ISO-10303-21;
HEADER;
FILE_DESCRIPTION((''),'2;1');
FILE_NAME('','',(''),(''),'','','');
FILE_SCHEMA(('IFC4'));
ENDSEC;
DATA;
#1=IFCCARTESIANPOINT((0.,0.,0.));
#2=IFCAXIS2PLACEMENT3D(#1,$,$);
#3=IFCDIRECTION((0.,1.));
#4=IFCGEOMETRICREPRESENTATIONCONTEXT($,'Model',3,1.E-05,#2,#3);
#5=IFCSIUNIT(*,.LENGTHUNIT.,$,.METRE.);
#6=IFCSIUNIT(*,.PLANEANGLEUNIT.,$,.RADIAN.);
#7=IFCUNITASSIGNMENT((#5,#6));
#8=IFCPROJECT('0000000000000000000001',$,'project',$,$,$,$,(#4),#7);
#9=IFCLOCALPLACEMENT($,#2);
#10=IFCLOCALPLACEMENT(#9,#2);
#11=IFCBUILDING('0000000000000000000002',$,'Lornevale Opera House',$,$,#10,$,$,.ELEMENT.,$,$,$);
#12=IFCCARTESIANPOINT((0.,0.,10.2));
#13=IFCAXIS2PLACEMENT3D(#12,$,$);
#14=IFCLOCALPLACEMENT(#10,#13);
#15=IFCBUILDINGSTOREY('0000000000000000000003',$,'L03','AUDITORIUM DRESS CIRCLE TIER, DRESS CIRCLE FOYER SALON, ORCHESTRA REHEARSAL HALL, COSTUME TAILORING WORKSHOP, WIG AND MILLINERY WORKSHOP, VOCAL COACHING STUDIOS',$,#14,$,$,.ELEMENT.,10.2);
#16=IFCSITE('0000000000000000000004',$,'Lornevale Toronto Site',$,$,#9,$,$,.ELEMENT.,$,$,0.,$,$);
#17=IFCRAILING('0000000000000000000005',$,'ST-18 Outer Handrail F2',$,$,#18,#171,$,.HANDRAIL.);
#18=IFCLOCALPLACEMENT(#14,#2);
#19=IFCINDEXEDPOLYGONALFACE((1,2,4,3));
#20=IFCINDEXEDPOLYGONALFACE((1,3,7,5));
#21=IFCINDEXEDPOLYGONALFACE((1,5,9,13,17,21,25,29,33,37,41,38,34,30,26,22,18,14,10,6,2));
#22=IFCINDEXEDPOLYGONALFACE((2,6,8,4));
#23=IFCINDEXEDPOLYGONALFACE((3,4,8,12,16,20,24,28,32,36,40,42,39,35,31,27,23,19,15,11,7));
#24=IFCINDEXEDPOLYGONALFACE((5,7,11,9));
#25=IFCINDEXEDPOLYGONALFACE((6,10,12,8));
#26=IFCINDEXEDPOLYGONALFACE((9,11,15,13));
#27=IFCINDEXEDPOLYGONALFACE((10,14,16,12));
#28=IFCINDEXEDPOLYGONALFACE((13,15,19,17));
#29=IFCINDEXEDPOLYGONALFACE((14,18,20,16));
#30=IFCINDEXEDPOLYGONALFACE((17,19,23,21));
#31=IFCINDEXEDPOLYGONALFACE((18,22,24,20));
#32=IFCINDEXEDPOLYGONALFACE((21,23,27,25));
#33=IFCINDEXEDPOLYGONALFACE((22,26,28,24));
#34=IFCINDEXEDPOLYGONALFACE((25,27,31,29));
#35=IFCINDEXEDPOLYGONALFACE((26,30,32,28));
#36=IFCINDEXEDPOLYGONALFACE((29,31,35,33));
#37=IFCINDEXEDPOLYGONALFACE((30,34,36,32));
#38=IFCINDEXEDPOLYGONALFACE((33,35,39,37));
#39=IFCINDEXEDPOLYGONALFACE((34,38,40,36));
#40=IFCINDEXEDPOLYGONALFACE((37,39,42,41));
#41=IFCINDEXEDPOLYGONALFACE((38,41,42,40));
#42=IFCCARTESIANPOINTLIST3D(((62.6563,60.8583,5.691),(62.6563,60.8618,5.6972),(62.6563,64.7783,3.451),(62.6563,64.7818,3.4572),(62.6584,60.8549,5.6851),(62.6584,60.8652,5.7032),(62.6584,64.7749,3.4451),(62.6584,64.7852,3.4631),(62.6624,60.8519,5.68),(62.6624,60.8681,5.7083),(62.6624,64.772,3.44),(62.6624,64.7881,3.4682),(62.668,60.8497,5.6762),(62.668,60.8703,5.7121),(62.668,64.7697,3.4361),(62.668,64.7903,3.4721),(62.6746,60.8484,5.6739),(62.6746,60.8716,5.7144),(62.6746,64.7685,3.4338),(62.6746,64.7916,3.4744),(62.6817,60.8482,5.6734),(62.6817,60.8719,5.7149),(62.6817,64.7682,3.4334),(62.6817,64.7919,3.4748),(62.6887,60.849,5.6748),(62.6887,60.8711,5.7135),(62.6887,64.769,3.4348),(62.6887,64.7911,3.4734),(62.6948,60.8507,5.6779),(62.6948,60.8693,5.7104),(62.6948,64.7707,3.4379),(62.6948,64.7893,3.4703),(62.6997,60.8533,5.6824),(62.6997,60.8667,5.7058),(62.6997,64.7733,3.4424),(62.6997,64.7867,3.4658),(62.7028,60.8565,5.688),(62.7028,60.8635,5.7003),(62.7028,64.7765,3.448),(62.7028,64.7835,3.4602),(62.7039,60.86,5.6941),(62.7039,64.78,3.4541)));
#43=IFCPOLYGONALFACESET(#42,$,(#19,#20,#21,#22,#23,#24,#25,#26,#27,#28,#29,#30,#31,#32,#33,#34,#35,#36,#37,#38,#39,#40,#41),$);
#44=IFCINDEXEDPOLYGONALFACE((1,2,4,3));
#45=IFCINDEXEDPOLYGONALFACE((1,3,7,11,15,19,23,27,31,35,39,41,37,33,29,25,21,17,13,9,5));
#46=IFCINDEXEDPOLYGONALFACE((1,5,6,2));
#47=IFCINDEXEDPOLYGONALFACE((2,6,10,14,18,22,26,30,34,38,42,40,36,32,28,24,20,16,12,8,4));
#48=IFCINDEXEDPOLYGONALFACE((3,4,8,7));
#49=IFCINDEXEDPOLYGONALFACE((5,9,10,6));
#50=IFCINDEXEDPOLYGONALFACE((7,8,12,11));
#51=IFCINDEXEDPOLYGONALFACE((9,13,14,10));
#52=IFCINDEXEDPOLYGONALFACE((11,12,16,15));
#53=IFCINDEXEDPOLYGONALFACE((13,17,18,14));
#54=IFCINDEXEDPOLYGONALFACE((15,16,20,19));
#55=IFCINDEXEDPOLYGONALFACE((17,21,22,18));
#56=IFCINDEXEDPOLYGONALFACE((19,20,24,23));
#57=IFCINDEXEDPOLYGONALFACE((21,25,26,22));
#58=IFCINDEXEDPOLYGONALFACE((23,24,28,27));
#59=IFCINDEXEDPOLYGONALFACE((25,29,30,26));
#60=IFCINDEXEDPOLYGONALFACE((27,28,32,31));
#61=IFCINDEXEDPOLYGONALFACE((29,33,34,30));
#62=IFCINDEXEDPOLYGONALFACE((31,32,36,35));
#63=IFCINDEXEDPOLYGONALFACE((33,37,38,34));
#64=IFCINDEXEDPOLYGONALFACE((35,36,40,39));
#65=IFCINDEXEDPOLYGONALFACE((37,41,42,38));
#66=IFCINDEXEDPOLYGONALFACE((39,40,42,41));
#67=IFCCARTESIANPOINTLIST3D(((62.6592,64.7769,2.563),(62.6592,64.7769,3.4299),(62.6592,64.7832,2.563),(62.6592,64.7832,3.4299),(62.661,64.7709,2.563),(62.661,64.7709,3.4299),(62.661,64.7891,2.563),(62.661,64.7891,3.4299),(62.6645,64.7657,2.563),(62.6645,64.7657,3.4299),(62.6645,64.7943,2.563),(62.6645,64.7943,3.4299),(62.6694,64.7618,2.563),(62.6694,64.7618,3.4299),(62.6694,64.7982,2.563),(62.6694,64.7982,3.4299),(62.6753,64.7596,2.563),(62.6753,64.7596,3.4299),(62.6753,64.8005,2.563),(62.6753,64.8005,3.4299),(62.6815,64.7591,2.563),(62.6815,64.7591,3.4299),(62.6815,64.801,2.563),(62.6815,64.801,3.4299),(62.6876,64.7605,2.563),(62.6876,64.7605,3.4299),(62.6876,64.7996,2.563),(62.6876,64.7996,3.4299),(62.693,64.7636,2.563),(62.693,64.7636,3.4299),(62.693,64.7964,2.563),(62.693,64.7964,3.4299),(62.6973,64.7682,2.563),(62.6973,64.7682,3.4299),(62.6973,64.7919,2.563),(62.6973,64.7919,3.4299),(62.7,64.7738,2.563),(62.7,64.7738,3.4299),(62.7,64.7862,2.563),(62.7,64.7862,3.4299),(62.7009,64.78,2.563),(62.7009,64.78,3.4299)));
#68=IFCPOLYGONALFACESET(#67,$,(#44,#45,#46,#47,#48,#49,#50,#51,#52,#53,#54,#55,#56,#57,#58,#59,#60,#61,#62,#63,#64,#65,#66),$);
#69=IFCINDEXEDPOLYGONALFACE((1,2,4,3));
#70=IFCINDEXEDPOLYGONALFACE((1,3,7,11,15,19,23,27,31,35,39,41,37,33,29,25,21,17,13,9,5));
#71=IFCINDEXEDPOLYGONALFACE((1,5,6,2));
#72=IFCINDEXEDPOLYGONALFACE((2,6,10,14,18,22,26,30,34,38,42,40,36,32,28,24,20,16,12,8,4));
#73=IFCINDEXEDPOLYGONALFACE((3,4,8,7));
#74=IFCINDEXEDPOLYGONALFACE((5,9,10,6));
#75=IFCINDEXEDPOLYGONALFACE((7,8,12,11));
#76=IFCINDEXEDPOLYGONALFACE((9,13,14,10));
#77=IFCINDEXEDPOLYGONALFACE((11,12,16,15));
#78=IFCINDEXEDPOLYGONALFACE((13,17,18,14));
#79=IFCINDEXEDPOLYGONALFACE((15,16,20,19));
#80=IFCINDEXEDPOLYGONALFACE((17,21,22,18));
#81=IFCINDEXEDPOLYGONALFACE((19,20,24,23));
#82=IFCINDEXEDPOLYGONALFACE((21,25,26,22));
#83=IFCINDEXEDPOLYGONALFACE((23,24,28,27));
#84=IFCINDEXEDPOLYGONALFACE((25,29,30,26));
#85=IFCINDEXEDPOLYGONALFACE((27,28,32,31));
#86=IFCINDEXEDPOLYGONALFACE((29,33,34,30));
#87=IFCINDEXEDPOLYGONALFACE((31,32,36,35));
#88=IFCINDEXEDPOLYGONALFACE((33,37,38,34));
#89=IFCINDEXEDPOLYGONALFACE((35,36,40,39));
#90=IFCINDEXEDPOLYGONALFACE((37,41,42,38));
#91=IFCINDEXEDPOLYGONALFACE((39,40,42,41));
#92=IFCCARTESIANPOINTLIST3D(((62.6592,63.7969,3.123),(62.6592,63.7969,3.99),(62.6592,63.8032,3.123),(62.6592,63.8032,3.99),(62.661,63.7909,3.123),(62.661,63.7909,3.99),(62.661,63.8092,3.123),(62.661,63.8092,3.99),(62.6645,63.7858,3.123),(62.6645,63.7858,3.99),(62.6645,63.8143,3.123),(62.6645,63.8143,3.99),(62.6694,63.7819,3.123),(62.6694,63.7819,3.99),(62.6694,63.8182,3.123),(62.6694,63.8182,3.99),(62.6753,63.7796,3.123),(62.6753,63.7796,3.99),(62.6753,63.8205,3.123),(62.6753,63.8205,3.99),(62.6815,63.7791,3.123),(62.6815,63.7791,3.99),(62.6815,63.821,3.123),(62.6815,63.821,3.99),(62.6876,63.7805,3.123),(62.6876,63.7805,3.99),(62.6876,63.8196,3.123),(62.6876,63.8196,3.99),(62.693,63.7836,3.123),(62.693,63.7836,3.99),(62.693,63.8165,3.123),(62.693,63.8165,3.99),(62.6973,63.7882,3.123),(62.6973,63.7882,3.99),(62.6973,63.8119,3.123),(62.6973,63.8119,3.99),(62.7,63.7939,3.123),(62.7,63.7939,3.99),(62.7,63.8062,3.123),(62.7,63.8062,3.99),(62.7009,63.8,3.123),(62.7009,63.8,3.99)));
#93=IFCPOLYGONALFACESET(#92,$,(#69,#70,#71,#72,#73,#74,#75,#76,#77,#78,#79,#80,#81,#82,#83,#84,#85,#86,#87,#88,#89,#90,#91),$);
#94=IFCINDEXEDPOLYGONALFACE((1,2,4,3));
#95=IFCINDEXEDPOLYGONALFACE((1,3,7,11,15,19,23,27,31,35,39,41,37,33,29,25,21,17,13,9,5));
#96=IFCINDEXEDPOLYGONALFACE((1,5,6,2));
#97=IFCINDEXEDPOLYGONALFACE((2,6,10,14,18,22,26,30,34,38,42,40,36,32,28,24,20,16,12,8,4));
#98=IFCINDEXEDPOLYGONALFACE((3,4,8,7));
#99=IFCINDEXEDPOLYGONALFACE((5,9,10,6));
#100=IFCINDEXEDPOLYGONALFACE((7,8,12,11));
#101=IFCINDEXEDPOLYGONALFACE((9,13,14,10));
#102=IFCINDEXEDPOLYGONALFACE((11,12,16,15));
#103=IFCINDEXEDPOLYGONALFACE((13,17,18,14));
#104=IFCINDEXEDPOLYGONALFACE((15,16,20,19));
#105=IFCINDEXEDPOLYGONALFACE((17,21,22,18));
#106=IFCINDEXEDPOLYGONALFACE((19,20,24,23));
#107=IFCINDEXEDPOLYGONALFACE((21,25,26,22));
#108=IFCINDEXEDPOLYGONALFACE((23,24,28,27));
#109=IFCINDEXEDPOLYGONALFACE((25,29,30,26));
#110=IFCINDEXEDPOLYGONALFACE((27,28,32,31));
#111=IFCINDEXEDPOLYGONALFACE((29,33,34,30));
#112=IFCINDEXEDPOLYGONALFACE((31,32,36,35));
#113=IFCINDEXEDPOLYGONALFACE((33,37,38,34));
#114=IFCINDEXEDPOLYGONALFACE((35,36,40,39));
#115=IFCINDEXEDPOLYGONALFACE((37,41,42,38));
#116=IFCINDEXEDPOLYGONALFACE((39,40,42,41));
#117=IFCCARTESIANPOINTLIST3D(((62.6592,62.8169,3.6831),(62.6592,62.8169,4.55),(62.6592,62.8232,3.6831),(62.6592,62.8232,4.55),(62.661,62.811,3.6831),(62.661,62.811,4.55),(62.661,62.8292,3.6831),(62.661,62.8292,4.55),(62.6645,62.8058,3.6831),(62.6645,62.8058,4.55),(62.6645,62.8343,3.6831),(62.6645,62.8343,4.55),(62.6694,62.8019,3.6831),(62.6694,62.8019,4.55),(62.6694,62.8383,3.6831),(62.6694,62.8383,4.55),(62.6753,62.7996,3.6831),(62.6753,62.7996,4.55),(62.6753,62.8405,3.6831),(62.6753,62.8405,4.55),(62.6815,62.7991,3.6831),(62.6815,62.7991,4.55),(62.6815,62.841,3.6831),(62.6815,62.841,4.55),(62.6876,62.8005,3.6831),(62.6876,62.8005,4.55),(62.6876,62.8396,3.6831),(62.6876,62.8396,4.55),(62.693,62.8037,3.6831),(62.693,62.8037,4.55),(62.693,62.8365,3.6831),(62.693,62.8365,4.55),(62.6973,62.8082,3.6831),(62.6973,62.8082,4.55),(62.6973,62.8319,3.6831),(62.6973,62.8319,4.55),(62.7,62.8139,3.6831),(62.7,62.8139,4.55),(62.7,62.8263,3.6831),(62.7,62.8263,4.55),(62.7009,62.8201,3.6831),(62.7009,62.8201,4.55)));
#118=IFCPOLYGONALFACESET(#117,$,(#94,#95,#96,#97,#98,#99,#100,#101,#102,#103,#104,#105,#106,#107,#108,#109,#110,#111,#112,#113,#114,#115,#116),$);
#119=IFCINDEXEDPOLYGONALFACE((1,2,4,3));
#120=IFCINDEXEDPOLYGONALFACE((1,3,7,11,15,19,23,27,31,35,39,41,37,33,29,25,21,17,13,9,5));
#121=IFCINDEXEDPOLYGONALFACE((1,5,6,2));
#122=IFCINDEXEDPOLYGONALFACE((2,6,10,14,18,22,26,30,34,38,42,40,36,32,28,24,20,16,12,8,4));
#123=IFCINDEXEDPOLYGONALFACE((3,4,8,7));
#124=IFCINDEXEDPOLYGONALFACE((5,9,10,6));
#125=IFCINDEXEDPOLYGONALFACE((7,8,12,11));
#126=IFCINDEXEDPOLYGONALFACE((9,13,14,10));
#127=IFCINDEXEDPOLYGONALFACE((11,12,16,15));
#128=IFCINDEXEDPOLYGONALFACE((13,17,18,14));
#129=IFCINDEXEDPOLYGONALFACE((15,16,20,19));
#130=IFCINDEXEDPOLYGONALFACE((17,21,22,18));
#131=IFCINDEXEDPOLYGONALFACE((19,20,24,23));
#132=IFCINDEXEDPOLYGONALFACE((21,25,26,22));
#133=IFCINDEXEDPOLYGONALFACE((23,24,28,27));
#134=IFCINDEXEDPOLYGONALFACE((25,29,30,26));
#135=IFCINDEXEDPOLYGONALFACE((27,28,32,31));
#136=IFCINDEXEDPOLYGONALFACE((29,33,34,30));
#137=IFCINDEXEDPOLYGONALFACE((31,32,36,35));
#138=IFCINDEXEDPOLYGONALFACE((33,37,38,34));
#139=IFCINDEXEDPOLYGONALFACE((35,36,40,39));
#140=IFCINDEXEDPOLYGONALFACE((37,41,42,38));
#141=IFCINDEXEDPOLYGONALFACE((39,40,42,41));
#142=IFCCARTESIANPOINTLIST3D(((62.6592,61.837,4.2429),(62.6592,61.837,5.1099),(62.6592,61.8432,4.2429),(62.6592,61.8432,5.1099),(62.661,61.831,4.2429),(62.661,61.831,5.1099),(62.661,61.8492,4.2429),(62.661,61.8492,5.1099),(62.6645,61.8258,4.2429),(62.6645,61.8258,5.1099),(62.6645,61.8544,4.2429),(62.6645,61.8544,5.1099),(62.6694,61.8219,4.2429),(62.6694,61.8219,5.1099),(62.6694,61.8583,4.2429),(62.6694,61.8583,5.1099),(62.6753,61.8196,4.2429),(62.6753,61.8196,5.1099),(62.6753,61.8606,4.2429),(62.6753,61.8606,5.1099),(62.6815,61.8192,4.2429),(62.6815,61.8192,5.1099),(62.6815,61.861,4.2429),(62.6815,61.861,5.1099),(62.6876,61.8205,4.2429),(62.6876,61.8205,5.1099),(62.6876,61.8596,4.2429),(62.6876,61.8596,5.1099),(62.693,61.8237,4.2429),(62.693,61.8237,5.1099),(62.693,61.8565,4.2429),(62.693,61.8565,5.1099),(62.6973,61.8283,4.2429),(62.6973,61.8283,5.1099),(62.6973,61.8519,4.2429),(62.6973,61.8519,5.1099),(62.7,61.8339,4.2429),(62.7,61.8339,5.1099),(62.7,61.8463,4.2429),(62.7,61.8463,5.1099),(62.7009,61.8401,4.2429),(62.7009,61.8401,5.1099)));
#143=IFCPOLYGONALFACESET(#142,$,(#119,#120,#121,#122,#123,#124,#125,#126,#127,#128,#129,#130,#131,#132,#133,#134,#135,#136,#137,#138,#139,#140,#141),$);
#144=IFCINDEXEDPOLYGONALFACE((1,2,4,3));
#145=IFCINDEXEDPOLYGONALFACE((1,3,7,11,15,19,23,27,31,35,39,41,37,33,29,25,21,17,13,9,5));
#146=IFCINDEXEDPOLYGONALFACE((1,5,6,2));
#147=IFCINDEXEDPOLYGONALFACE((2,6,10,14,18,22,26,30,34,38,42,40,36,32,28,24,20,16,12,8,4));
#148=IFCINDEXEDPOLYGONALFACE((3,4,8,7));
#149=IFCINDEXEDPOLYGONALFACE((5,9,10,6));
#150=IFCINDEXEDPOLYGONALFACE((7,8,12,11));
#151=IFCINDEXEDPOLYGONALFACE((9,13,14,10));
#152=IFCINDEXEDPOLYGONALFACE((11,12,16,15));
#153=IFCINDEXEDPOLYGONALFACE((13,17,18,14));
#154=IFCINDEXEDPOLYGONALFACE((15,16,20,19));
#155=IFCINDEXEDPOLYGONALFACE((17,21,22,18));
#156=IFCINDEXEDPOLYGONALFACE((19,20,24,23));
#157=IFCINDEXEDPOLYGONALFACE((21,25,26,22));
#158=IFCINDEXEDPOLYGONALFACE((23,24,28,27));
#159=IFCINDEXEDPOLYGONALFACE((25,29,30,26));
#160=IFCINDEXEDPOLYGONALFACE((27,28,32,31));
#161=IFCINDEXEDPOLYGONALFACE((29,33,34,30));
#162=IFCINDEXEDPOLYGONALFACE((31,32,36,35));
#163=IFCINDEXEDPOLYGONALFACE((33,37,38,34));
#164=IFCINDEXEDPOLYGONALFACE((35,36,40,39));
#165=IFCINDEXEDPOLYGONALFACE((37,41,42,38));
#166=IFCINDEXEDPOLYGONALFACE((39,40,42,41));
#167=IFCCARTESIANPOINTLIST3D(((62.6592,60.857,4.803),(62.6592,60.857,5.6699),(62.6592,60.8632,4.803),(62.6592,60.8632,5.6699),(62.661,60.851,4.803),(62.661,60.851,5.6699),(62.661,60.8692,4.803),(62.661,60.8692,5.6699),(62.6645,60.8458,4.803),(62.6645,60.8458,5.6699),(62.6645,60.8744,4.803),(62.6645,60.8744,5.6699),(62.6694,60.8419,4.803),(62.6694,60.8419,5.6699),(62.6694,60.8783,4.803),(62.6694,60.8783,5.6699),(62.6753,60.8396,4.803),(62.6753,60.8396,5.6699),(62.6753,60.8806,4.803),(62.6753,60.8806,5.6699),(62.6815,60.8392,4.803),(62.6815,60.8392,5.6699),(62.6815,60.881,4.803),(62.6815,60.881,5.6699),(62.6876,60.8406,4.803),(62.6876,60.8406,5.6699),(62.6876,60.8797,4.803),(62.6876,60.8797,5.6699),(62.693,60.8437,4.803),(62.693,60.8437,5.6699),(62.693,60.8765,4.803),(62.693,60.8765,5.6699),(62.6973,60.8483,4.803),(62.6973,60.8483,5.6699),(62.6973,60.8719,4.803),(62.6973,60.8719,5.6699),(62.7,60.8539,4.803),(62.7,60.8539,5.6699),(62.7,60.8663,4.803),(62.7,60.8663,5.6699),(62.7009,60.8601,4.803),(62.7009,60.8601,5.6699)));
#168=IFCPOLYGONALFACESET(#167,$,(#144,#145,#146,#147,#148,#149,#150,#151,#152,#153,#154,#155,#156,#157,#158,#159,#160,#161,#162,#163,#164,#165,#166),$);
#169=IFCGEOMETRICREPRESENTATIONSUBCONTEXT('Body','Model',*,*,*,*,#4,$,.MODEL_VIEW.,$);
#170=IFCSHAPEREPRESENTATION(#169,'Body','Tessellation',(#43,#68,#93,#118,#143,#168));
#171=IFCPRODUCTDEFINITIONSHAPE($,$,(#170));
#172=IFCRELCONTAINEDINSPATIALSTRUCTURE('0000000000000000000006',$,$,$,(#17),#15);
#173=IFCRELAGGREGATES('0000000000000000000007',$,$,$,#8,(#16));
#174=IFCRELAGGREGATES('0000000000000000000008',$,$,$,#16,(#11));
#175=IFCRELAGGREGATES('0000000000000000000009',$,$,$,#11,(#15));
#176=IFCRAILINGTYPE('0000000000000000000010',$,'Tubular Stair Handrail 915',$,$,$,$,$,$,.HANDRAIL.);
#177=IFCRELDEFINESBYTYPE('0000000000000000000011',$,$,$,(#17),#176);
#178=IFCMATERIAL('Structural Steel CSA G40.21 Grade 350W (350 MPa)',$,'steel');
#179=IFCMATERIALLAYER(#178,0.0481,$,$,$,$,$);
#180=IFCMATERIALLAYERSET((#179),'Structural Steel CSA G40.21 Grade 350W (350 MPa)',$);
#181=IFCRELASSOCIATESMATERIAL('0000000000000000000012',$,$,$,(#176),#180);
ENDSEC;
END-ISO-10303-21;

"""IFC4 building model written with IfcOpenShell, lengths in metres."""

from ifc_helpers import new_model, si_unit, direction, frame, origin, origin_2d, place, context, subcontext, project, spatial, circle, extrude, material, layer, layer_set, type_object, element, save


model = new_model("IFC4")

# Units and contexts
model_context = context("Model", 3, precision=1e-05, world=origin(), true_north=direction((0.0, 1.0)))
body_context = subcontext(model_context, "Body", "Model", "MODEL_VIEW")
ifc_project = project(units=[si_unit("LENGTHUNIT", "METRE"), si_unit("PLANEANGLEUNIT", "RADIAN")], contexts=[model_context])

# Site, building, storey
site_placement = place(None, origin())
site = spatial("IfcSite", under=ifc_project, at=site_placement, Name="Lornevale Toronto Site", CompositionType="ELEMENT", RefElevation=0.0)
building_placement = place(site_placement, origin())
building = spatial("IfcBuilding", under=site, at=building_placement, Name="Lornevale Opera House", CompositionType="ELEMENT")
storey_placement = place(building_placement, frame((0.0, 0.0, 10.2)))
storey = spatial("IfcBuildingStorey", under=building, at=storey_placement, Name="L03", Description="AUDITORIUM DRESS CIRCLE TIER, DRESS CIRCLE FOYER SALON, ORCHESTRA REHEARSAL HALL, COSTUME TAILORING WORKSHOP, WIG AND MILLINERY WORKSHOP, VOCAL COACHING STUDIOS", CompositionType="ELEMENT", Elevation=10.2)

# Railing
ifc_material_1 = material(Name="Structural Steel CSA G40.21 Grade 350W (350 MPa)", Category="steel")
ifc_layer_1 = layer(ifc_material_1, 0.0481)
ifc_layer_set_1 = layer_set([ifc_layer_1], Name="Structural Steel CSA G40.21 Grade 350W (350 MPa)")
railing_type_1 = type_object("IfcRailingType", Name="Tubular Stair Handrail 915", PredefinedType="HANDRAIL", material=ifc_layer_set_1)
railing_1_placement = place(storey_placement, frame((62.6799, 64.78, 2.563)))
element("IfcRailing", 1, at=railing_1_placement, inside=storey, type_object=railing_type_1, Name="ST-18 Outer Handrail F2", PredefinedType="HANDRAIL", context=body_context, shape_type="SweptSolid", body=[
    extrude(circle(Radius=0.0239, at=origin_2d()), frame((0.0, 0.0, 0.8911), z_axis=(0.0, -0.86824, 0.496145), x_axis=(1.0, 0.0, 0.0)), (0.0, 0.0, 1.0), 4.5149),
    extrude(circle(Radius=0.021, at=origin_2d()), origin(), (0.0, 0.0, 1.0), 0.8669),
    extrude(circle(Radius=0.021, at=origin_2d()), frame((0.0, -0.98, 0.5601)), (0.0, 0.0, 1.0), 0.8669),
    extrude(circle(Radius=0.021, at=origin_2d()), frame((0.0, -1.96, 1.1201)), (0.0, 0.0, 1.0), 0.8669),
    extrude(circle(Radius=0.021, at=origin_2d()), frame((0.0, -2.9399, 1.6799)), (0.0, 0.0, 1.0), 0.8669),
    extrude(circle(Radius=0.021, at=origin_2d()), frame((0.0, -3.9199, 2.24)), (0.0, 0.0, 1.0), 0.8669),
])

save(model, "model.ifc")
